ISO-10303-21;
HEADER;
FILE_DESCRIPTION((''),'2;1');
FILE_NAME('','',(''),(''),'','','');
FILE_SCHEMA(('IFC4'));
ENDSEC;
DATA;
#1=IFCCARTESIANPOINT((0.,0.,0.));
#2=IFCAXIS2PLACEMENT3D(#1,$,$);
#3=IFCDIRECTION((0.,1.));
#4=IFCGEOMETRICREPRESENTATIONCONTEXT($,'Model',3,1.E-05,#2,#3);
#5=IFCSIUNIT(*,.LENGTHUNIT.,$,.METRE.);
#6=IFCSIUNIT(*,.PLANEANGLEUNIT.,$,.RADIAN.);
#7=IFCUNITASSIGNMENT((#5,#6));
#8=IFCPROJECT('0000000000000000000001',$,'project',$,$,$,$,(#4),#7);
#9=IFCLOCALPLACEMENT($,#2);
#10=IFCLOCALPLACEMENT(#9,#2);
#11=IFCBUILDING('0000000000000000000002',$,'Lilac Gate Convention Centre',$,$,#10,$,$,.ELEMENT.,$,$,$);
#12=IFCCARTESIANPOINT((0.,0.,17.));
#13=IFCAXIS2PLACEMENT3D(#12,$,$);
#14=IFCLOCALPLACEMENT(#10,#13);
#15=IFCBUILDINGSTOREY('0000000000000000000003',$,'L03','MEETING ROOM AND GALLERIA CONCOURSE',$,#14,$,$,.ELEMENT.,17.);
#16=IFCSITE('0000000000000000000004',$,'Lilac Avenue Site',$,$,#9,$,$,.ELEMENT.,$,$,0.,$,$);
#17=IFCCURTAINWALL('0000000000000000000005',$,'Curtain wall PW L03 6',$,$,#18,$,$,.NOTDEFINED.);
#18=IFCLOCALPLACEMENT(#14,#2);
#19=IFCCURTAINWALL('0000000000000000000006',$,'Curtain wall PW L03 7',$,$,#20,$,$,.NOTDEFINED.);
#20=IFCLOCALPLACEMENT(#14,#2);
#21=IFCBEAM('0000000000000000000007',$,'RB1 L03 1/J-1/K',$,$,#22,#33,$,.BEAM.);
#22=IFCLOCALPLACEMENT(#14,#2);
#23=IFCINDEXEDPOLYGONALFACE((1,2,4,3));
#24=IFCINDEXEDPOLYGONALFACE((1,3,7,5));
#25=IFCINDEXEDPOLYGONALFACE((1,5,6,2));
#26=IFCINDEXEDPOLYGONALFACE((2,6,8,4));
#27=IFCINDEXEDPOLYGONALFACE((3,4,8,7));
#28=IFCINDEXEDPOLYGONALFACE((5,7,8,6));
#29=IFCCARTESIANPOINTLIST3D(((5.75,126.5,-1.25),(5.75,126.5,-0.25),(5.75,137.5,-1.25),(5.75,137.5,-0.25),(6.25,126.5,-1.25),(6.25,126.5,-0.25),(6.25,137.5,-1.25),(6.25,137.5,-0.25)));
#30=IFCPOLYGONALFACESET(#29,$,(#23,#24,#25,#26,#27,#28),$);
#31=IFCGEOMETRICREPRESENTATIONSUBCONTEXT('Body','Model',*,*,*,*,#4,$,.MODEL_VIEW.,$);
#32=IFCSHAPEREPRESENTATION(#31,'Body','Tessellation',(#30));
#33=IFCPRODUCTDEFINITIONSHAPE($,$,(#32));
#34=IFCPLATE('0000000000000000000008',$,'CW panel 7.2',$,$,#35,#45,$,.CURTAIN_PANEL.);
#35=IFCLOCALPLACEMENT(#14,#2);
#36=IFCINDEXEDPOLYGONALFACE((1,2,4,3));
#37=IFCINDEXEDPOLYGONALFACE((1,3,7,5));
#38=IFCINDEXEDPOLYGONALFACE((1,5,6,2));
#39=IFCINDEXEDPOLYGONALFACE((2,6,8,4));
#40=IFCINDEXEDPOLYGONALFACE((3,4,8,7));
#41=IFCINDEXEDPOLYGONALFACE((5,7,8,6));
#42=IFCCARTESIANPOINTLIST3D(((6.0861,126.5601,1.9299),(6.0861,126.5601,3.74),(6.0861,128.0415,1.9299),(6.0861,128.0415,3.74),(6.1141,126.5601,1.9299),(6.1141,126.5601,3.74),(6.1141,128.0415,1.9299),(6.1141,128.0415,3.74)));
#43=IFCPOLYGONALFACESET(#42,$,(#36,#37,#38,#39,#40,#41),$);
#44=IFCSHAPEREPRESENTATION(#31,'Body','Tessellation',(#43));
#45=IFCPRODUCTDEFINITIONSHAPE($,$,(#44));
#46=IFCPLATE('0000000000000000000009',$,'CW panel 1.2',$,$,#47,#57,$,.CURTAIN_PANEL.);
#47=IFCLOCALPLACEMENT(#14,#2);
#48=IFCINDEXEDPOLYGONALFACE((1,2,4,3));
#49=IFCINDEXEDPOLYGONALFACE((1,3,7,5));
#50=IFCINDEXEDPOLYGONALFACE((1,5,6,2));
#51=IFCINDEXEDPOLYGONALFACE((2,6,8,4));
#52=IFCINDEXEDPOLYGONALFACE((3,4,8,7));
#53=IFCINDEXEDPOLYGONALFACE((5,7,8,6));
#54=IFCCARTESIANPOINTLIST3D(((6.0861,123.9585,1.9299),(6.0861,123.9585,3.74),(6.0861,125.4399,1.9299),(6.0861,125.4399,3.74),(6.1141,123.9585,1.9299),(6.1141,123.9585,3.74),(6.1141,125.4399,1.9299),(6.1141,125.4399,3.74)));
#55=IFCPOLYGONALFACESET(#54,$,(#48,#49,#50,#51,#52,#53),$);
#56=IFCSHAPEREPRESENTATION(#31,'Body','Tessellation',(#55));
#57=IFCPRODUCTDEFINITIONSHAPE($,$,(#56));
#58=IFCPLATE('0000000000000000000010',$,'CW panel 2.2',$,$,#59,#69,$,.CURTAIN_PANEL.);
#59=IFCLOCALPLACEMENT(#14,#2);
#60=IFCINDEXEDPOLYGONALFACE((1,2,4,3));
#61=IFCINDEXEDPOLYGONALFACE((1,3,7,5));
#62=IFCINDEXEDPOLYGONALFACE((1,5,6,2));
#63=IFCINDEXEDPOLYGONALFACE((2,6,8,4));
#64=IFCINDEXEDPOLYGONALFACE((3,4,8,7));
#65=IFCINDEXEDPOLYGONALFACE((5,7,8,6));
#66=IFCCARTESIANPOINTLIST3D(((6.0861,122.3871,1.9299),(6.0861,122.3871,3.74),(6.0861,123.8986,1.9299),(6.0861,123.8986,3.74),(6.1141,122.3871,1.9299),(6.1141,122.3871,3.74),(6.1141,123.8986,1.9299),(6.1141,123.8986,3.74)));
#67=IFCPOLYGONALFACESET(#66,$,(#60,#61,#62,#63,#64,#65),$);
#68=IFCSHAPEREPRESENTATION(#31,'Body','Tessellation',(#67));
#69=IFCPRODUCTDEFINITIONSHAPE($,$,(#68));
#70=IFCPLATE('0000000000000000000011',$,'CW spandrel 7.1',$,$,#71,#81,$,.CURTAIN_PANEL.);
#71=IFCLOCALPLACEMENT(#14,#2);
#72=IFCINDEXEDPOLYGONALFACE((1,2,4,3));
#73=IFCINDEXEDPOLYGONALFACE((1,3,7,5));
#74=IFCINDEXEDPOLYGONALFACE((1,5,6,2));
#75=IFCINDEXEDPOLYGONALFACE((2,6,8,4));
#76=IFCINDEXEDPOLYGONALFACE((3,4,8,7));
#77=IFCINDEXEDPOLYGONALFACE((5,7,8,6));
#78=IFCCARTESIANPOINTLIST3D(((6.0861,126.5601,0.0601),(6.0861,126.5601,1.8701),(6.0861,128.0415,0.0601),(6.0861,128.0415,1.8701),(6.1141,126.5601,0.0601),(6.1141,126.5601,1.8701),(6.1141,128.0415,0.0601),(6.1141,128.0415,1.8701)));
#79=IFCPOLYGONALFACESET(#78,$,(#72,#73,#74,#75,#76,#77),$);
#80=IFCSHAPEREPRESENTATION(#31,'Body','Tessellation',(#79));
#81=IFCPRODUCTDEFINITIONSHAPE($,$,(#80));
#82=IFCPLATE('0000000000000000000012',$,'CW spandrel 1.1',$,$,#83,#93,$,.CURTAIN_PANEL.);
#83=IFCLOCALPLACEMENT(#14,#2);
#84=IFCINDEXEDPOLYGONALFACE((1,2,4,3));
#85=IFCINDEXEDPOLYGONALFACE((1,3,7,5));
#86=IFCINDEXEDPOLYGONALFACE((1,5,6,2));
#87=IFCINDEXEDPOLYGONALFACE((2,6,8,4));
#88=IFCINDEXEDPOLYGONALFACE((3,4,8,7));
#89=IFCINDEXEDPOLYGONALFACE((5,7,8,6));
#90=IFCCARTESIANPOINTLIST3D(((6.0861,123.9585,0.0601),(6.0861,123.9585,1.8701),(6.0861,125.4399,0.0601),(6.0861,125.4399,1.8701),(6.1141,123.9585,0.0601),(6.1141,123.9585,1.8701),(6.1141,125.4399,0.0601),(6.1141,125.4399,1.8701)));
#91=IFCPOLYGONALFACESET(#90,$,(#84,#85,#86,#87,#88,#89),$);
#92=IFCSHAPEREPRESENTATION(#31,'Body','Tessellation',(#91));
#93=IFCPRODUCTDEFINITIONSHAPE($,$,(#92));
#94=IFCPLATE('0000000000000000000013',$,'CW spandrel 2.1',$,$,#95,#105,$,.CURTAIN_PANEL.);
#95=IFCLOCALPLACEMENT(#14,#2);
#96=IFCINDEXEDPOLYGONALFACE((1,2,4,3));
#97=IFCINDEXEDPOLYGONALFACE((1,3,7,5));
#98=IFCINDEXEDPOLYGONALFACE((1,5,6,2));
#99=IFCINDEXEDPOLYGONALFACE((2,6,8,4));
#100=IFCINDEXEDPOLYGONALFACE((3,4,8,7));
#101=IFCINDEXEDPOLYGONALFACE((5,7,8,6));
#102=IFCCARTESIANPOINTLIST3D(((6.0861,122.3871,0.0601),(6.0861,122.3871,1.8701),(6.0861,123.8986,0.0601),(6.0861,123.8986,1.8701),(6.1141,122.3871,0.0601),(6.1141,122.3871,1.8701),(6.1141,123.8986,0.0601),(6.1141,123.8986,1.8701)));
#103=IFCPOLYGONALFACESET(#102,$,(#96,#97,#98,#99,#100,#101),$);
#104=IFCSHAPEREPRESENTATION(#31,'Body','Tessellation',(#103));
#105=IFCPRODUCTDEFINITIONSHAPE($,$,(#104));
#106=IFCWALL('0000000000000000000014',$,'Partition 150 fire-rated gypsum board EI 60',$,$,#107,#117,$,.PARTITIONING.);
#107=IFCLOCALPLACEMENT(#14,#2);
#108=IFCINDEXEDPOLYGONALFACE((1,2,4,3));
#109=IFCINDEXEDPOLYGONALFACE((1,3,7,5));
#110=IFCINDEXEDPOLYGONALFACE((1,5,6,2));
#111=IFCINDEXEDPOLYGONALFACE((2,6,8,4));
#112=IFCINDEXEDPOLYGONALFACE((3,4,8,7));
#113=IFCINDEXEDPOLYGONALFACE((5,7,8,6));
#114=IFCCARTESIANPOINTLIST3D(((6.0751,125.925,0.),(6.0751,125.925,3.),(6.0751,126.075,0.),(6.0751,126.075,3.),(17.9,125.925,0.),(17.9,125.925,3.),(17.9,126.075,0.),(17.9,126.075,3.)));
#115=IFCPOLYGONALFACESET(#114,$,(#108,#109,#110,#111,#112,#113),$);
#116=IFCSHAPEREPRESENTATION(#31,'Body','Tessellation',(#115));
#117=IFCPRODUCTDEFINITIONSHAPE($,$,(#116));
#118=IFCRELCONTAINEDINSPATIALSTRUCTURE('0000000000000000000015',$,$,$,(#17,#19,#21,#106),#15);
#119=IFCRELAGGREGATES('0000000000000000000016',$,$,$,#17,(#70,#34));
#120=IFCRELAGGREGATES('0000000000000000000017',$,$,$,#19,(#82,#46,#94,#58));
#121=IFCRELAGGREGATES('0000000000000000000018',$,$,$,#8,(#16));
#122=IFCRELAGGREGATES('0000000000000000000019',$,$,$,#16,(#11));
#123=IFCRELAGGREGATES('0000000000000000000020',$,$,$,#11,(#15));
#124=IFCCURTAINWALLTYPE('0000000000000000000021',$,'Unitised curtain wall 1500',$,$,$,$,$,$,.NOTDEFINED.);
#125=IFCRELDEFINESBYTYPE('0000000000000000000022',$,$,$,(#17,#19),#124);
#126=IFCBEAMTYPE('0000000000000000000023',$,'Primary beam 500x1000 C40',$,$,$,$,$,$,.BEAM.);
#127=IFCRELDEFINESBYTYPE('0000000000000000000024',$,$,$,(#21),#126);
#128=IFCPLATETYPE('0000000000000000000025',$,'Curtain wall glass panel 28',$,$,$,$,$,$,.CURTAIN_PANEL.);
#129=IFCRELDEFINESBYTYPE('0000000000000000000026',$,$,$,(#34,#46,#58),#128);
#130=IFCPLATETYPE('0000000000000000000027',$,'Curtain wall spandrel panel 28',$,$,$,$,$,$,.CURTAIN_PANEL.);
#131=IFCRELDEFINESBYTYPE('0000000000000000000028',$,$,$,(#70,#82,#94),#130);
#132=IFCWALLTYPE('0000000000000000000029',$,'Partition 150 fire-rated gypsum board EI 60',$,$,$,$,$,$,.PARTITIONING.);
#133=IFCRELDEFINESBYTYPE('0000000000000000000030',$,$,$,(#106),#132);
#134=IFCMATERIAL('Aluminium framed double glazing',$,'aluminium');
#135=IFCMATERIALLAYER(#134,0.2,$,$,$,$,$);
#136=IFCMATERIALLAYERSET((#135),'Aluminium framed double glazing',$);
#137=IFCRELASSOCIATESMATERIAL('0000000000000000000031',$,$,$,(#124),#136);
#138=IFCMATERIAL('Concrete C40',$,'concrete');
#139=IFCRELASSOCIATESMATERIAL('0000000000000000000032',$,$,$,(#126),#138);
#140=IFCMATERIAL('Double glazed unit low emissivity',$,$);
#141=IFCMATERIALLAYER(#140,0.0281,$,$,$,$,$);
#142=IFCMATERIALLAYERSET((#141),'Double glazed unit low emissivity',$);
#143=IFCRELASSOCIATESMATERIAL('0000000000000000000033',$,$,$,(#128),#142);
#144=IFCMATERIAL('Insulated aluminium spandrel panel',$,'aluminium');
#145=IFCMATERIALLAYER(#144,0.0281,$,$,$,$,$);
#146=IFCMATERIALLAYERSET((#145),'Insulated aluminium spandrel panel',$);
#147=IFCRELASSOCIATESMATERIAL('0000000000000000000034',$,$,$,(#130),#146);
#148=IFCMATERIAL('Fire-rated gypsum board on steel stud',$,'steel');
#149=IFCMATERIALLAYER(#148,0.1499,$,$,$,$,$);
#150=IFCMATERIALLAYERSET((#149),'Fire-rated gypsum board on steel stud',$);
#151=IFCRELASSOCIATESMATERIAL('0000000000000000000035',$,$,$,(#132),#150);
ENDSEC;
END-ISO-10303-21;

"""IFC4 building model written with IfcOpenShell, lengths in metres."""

from ifc_helpers import new_model, si_unit, direction, frame, frame_2d, origin, origin_2d, place, context, subcontext, project, spatial, rectangle, extrude, material, layer, layer_set, material_profile, profile_set, type_object, element, aggregate, save


model = new_model("IFC4")

# Units and contexts
model_context = context("Model", 3, precision=1e-05, world=origin(), true_north=direction((0.0, 1.0)))
body_context = subcontext(model_context, "Body", "Model", "MODEL_VIEW")
ifc_project = project(units=[si_unit("LENGTHUNIT", "METRE"), si_unit("PLANEANGLEUNIT", "RADIAN")], contexts=[model_context])

# Site, building, storey
site_placement = place(None, origin())
site = spatial("IfcSite", under=ifc_project, at=site_placement, Name="Lilac Avenue Site", CompositionType="ELEMENT", RefElevation=0.0)
building_placement = place(site_placement, origin())
building = spatial("IfcBuilding", under=site, at=building_placement, Name="Lilac Gate Convention Centre", CompositionType="ELEMENT")
storey_placement = place(building_placement, frame((0.0, 0.0, 17.0)))
storey = spatial("IfcBuildingStorey", under=building, at=storey_placement, Name="L03", Description="MEETING ROOM AND GALLERIA CONCOURSE", CompositionType="ELEMENT", Elevation=17.0)

# Shared definitions
ifc_material_1 = material(Name="Concrete C40", Category="concrete")

# Curtain wall
ifc_material_2 = material(Name="Aluminium framed double glazing", Category="aluminium")
ifc_layer_1 = layer(ifc_material_2, 0.2)
ifc_layer_set_1 = layer_set([ifc_layer_1], Name="Aluminium framed double glazing")
curtain_wall_type = type_object("IfcCurtainWallType", Name="Unitised curtain wall 1500", PredefinedType="NOTDEFINED", material=ifc_layer_set_1)
curtain_wall_1_placement = place(storey_placement, origin())
curtain_wall_1 = element("IfcCurtainWall", 1, at=curtain_wall_1_placement, inside=storey, type_object=curtain_wall_type, Name="Curtain wall PW L03 6", PredefinedType="NOTDEFINED")

# Curtain wall
curtain_wall_2_placement = place(storey_placement, origin())
curtain_wall_2 = element("IfcCurtainWall", 2, at=curtain_wall_2_placement, inside=storey, type_object=curtain_wall_type, Name="Curtain wall PW L03 7", PredefinedType="NOTDEFINED")

# Beam
ifc_material_profile_1 = material_profile(ifc_material_1, rectangle(XDim=0.5, YDim=1.0, at=origin_2d()), Name="RC 500x1000")
ifc_profile_set_1 = profile_set([ifc_material_profile_1], Name="Concrete C40")
beam_type = type_object("IfcBeamType", Name="Primary beam 500x1000 C40", PredefinedType="BEAM", material=ifc_profile_set_1)
beam_placement = place(storey_placement, frame((6.0, 126.5, -0.75), z_axis=(0.0, 1.0, 0.0), x_axis=(-1.0, 0.0, 0.0)))
element("IfcBeam", 3, at=beam_placement, inside=storey, type_object=beam_type, Name="RB1 L03 1/J-1/K", PredefinedType="BEAM", context=body_context, shape_type="SweptSolid", body=[
    extrude(rectangle(XDim=0.5, YDim=1.0, at=origin_2d()), origin(), (0.0, 0.0, 1.0), 11.0),
])

# Plates
ifc_material_3 = material(Name="Double glazed unit low emissivity")
ifc_layer_2 = layer(ifc_material_3, 0.0281)
ifc_layer_set_2 = layer_set([ifc_layer_2], Name="Double glazed unit low emissivity")
plate_type_1 = type_object("IfcPlateType", Name="Curtain wall glass panel 28", PredefinedType="CURTAIN_PANEL", material=ifc_layer_set_2)
plate_1_placement = place(storey_placement, frame((6.1001, 127.3008, 1.9299), z_axis=(0.0, 0.0, 1.0), x_axis=(0.0, -1.0, 0.0)))
plate_1 = element("IfcPlate", 4, at=plate_1_placement, type_object=plate_type_1, Name="CW panel 7.2", PredefinedType="CURTAIN_PANEL", context=body_context, shape_type="SweptSolid", body=[
    extrude(rectangle(XDim=1.4814, YDim=0.0281, at=origin_2d()), origin(), (0.0, 0.0, 1.0), 1.8101),
])
plate_2_placement = place(storey_placement, frame((6.1001, 124.6992, 1.9299), z_axis=(0.0, 0.0, 1.0), x_axis=(0.0, -1.0, 0.0)))
plate_2 = element("IfcPlate", 5, at=plate_2_placement, type_object=plate_type_1, Name="CW panel 1.2", PredefinedType="CURTAIN_PANEL", context=body_context, shape_type="SweptSolid", body=[
    extrude(rectangle(XDim=1.4814, YDim=0.0281, at=origin_2d()), origin(), (0.0, 0.0, 1.0), 1.8101),
])
plate_3_placement = place(storey_placement, frame((6.1001, 123.1428, 1.9299), z_axis=(0.0, 0.0, 1.0), x_axis=(0.0, -1.0, 0.0)))
plate_3 = element("IfcPlate", 6, at=plate_3_placement, type_object=plate_type_1, Name="CW panel 2.2", PredefinedType="CURTAIN_PANEL", context=body_context, shape_type="SweptSolid", body=[
    extrude(rectangle(XDim=1.5115, YDim=0.0281, at=origin_2d()), origin(), (0.0, 0.0, 1.0), 1.8101),
])
ifc_material_4 = material(Name="Insulated aluminium spandrel panel", Category="aluminium")
ifc_layer_3 = layer(ifc_material_4, 0.0281)
ifc_layer_set_3 = layer_set([ifc_layer_3], Name="Insulated aluminium spandrel panel")
plate_type_2 = type_object("IfcPlateType", Name="Curtain wall spandrel panel 28", PredefinedType="CURTAIN_PANEL", material=ifc_layer_set_3)
plate_4_placement = place(storey_placement, frame((6.1001, 127.3008, 0.0601), z_axis=(0.0, 0.0, 1.0), x_axis=(0.0, -1.0, 0.0)))
plate_4 = element("IfcPlate", 7, at=plate_4_placement, type_object=plate_type_2, Name="CW spandrel 7.1", PredefinedType="CURTAIN_PANEL", context=body_context, shape_type="SweptSolid", body=[
    extrude(rectangle(XDim=1.4814, YDim=0.0281, at=origin_2d()), origin(), (0.0, 0.0, 1.0), 1.8101),
])
aggregate(curtain_wall_1, [plate_4, plate_1])
plate_5_placement = place(storey_placement, frame((6.1001, 124.6992, 0.0601), z_axis=(0.0, 0.0, 1.0), x_axis=(0.0, -1.0, 0.0)))
plate_5 = element("IfcPlate", 8, at=plate_5_placement, type_object=plate_type_2, Name="CW spandrel 1.1", PredefinedType="CURTAIN_PANEL", context=body_context, shape_type="SweptSolid", body=[
    extrude(rectangle(XDim=1.4814, YDim=0.0281, at=origin_2d()), origin(), (0.0, 0.0, 1.0), 1.8101),
])
plate_6_placement = place(storey_placement, frame((6.1001, 123.1428, 0.0601), z_axis=(0.0, 0.0, 1.0), x_axis=(0.0, -1.0, 0.0)))
plate_6 = element("IfcPlate", 9, at=plate_6_placement, type_object=plate_type_2, Name="CW spandrel 2.1", PredefinedType="CURTAIN_PANEL", context=body_context, shape_type="SweptSolid", body=[
    extrude(rectangle(XDim=1.5115, YDim=0.0281, at=origin_2d()), origin(), (0.0, 0.0, 1.0), 1.8101),
])
aggregate(curtain_wall_2, [plate_5, plate_2, plate_6, plate_3])

# Wall
ifc_material_5 = material(Name="Fire-rated gypsum board on steel stud", Category="steel")
ifc_layer_4 = layer(ifc_material_5, 0.1499)
ifc_layer_set_4 = layer_set([ifc_layer_4], Name="Fire-rated gypsum board on steel stud")
wall_type = type_object("IfcWallType", Name="Partition 150 fire-rated gypsum board EI 60", PredefinedType="PARTITIONING", material=ifc_layer_set_4)
wall_placement = place(storey_placement, frame((6.075, 126.0, 0.0), z_axis=(0.0, 0.0, 1.0), x_axis=(1.0, 0.0, 0.0)))
element("IfcWall", 10, at=wall_placement, inside=storey, type_object=wall_type, Name="Partition 150 fire-rated gypsum board EI 60", PredefinedType="PARTITIONING", context=body_context, shape_type="SweptSolid", body=[
    extrude(rectangle(XDim=11.825, YDim=0.1499, at=frame_2d((5.9126, 0.0))), origin(), (0.0, 0.0, 1.0), 3.0),
])

save(model, "model.ifc")
